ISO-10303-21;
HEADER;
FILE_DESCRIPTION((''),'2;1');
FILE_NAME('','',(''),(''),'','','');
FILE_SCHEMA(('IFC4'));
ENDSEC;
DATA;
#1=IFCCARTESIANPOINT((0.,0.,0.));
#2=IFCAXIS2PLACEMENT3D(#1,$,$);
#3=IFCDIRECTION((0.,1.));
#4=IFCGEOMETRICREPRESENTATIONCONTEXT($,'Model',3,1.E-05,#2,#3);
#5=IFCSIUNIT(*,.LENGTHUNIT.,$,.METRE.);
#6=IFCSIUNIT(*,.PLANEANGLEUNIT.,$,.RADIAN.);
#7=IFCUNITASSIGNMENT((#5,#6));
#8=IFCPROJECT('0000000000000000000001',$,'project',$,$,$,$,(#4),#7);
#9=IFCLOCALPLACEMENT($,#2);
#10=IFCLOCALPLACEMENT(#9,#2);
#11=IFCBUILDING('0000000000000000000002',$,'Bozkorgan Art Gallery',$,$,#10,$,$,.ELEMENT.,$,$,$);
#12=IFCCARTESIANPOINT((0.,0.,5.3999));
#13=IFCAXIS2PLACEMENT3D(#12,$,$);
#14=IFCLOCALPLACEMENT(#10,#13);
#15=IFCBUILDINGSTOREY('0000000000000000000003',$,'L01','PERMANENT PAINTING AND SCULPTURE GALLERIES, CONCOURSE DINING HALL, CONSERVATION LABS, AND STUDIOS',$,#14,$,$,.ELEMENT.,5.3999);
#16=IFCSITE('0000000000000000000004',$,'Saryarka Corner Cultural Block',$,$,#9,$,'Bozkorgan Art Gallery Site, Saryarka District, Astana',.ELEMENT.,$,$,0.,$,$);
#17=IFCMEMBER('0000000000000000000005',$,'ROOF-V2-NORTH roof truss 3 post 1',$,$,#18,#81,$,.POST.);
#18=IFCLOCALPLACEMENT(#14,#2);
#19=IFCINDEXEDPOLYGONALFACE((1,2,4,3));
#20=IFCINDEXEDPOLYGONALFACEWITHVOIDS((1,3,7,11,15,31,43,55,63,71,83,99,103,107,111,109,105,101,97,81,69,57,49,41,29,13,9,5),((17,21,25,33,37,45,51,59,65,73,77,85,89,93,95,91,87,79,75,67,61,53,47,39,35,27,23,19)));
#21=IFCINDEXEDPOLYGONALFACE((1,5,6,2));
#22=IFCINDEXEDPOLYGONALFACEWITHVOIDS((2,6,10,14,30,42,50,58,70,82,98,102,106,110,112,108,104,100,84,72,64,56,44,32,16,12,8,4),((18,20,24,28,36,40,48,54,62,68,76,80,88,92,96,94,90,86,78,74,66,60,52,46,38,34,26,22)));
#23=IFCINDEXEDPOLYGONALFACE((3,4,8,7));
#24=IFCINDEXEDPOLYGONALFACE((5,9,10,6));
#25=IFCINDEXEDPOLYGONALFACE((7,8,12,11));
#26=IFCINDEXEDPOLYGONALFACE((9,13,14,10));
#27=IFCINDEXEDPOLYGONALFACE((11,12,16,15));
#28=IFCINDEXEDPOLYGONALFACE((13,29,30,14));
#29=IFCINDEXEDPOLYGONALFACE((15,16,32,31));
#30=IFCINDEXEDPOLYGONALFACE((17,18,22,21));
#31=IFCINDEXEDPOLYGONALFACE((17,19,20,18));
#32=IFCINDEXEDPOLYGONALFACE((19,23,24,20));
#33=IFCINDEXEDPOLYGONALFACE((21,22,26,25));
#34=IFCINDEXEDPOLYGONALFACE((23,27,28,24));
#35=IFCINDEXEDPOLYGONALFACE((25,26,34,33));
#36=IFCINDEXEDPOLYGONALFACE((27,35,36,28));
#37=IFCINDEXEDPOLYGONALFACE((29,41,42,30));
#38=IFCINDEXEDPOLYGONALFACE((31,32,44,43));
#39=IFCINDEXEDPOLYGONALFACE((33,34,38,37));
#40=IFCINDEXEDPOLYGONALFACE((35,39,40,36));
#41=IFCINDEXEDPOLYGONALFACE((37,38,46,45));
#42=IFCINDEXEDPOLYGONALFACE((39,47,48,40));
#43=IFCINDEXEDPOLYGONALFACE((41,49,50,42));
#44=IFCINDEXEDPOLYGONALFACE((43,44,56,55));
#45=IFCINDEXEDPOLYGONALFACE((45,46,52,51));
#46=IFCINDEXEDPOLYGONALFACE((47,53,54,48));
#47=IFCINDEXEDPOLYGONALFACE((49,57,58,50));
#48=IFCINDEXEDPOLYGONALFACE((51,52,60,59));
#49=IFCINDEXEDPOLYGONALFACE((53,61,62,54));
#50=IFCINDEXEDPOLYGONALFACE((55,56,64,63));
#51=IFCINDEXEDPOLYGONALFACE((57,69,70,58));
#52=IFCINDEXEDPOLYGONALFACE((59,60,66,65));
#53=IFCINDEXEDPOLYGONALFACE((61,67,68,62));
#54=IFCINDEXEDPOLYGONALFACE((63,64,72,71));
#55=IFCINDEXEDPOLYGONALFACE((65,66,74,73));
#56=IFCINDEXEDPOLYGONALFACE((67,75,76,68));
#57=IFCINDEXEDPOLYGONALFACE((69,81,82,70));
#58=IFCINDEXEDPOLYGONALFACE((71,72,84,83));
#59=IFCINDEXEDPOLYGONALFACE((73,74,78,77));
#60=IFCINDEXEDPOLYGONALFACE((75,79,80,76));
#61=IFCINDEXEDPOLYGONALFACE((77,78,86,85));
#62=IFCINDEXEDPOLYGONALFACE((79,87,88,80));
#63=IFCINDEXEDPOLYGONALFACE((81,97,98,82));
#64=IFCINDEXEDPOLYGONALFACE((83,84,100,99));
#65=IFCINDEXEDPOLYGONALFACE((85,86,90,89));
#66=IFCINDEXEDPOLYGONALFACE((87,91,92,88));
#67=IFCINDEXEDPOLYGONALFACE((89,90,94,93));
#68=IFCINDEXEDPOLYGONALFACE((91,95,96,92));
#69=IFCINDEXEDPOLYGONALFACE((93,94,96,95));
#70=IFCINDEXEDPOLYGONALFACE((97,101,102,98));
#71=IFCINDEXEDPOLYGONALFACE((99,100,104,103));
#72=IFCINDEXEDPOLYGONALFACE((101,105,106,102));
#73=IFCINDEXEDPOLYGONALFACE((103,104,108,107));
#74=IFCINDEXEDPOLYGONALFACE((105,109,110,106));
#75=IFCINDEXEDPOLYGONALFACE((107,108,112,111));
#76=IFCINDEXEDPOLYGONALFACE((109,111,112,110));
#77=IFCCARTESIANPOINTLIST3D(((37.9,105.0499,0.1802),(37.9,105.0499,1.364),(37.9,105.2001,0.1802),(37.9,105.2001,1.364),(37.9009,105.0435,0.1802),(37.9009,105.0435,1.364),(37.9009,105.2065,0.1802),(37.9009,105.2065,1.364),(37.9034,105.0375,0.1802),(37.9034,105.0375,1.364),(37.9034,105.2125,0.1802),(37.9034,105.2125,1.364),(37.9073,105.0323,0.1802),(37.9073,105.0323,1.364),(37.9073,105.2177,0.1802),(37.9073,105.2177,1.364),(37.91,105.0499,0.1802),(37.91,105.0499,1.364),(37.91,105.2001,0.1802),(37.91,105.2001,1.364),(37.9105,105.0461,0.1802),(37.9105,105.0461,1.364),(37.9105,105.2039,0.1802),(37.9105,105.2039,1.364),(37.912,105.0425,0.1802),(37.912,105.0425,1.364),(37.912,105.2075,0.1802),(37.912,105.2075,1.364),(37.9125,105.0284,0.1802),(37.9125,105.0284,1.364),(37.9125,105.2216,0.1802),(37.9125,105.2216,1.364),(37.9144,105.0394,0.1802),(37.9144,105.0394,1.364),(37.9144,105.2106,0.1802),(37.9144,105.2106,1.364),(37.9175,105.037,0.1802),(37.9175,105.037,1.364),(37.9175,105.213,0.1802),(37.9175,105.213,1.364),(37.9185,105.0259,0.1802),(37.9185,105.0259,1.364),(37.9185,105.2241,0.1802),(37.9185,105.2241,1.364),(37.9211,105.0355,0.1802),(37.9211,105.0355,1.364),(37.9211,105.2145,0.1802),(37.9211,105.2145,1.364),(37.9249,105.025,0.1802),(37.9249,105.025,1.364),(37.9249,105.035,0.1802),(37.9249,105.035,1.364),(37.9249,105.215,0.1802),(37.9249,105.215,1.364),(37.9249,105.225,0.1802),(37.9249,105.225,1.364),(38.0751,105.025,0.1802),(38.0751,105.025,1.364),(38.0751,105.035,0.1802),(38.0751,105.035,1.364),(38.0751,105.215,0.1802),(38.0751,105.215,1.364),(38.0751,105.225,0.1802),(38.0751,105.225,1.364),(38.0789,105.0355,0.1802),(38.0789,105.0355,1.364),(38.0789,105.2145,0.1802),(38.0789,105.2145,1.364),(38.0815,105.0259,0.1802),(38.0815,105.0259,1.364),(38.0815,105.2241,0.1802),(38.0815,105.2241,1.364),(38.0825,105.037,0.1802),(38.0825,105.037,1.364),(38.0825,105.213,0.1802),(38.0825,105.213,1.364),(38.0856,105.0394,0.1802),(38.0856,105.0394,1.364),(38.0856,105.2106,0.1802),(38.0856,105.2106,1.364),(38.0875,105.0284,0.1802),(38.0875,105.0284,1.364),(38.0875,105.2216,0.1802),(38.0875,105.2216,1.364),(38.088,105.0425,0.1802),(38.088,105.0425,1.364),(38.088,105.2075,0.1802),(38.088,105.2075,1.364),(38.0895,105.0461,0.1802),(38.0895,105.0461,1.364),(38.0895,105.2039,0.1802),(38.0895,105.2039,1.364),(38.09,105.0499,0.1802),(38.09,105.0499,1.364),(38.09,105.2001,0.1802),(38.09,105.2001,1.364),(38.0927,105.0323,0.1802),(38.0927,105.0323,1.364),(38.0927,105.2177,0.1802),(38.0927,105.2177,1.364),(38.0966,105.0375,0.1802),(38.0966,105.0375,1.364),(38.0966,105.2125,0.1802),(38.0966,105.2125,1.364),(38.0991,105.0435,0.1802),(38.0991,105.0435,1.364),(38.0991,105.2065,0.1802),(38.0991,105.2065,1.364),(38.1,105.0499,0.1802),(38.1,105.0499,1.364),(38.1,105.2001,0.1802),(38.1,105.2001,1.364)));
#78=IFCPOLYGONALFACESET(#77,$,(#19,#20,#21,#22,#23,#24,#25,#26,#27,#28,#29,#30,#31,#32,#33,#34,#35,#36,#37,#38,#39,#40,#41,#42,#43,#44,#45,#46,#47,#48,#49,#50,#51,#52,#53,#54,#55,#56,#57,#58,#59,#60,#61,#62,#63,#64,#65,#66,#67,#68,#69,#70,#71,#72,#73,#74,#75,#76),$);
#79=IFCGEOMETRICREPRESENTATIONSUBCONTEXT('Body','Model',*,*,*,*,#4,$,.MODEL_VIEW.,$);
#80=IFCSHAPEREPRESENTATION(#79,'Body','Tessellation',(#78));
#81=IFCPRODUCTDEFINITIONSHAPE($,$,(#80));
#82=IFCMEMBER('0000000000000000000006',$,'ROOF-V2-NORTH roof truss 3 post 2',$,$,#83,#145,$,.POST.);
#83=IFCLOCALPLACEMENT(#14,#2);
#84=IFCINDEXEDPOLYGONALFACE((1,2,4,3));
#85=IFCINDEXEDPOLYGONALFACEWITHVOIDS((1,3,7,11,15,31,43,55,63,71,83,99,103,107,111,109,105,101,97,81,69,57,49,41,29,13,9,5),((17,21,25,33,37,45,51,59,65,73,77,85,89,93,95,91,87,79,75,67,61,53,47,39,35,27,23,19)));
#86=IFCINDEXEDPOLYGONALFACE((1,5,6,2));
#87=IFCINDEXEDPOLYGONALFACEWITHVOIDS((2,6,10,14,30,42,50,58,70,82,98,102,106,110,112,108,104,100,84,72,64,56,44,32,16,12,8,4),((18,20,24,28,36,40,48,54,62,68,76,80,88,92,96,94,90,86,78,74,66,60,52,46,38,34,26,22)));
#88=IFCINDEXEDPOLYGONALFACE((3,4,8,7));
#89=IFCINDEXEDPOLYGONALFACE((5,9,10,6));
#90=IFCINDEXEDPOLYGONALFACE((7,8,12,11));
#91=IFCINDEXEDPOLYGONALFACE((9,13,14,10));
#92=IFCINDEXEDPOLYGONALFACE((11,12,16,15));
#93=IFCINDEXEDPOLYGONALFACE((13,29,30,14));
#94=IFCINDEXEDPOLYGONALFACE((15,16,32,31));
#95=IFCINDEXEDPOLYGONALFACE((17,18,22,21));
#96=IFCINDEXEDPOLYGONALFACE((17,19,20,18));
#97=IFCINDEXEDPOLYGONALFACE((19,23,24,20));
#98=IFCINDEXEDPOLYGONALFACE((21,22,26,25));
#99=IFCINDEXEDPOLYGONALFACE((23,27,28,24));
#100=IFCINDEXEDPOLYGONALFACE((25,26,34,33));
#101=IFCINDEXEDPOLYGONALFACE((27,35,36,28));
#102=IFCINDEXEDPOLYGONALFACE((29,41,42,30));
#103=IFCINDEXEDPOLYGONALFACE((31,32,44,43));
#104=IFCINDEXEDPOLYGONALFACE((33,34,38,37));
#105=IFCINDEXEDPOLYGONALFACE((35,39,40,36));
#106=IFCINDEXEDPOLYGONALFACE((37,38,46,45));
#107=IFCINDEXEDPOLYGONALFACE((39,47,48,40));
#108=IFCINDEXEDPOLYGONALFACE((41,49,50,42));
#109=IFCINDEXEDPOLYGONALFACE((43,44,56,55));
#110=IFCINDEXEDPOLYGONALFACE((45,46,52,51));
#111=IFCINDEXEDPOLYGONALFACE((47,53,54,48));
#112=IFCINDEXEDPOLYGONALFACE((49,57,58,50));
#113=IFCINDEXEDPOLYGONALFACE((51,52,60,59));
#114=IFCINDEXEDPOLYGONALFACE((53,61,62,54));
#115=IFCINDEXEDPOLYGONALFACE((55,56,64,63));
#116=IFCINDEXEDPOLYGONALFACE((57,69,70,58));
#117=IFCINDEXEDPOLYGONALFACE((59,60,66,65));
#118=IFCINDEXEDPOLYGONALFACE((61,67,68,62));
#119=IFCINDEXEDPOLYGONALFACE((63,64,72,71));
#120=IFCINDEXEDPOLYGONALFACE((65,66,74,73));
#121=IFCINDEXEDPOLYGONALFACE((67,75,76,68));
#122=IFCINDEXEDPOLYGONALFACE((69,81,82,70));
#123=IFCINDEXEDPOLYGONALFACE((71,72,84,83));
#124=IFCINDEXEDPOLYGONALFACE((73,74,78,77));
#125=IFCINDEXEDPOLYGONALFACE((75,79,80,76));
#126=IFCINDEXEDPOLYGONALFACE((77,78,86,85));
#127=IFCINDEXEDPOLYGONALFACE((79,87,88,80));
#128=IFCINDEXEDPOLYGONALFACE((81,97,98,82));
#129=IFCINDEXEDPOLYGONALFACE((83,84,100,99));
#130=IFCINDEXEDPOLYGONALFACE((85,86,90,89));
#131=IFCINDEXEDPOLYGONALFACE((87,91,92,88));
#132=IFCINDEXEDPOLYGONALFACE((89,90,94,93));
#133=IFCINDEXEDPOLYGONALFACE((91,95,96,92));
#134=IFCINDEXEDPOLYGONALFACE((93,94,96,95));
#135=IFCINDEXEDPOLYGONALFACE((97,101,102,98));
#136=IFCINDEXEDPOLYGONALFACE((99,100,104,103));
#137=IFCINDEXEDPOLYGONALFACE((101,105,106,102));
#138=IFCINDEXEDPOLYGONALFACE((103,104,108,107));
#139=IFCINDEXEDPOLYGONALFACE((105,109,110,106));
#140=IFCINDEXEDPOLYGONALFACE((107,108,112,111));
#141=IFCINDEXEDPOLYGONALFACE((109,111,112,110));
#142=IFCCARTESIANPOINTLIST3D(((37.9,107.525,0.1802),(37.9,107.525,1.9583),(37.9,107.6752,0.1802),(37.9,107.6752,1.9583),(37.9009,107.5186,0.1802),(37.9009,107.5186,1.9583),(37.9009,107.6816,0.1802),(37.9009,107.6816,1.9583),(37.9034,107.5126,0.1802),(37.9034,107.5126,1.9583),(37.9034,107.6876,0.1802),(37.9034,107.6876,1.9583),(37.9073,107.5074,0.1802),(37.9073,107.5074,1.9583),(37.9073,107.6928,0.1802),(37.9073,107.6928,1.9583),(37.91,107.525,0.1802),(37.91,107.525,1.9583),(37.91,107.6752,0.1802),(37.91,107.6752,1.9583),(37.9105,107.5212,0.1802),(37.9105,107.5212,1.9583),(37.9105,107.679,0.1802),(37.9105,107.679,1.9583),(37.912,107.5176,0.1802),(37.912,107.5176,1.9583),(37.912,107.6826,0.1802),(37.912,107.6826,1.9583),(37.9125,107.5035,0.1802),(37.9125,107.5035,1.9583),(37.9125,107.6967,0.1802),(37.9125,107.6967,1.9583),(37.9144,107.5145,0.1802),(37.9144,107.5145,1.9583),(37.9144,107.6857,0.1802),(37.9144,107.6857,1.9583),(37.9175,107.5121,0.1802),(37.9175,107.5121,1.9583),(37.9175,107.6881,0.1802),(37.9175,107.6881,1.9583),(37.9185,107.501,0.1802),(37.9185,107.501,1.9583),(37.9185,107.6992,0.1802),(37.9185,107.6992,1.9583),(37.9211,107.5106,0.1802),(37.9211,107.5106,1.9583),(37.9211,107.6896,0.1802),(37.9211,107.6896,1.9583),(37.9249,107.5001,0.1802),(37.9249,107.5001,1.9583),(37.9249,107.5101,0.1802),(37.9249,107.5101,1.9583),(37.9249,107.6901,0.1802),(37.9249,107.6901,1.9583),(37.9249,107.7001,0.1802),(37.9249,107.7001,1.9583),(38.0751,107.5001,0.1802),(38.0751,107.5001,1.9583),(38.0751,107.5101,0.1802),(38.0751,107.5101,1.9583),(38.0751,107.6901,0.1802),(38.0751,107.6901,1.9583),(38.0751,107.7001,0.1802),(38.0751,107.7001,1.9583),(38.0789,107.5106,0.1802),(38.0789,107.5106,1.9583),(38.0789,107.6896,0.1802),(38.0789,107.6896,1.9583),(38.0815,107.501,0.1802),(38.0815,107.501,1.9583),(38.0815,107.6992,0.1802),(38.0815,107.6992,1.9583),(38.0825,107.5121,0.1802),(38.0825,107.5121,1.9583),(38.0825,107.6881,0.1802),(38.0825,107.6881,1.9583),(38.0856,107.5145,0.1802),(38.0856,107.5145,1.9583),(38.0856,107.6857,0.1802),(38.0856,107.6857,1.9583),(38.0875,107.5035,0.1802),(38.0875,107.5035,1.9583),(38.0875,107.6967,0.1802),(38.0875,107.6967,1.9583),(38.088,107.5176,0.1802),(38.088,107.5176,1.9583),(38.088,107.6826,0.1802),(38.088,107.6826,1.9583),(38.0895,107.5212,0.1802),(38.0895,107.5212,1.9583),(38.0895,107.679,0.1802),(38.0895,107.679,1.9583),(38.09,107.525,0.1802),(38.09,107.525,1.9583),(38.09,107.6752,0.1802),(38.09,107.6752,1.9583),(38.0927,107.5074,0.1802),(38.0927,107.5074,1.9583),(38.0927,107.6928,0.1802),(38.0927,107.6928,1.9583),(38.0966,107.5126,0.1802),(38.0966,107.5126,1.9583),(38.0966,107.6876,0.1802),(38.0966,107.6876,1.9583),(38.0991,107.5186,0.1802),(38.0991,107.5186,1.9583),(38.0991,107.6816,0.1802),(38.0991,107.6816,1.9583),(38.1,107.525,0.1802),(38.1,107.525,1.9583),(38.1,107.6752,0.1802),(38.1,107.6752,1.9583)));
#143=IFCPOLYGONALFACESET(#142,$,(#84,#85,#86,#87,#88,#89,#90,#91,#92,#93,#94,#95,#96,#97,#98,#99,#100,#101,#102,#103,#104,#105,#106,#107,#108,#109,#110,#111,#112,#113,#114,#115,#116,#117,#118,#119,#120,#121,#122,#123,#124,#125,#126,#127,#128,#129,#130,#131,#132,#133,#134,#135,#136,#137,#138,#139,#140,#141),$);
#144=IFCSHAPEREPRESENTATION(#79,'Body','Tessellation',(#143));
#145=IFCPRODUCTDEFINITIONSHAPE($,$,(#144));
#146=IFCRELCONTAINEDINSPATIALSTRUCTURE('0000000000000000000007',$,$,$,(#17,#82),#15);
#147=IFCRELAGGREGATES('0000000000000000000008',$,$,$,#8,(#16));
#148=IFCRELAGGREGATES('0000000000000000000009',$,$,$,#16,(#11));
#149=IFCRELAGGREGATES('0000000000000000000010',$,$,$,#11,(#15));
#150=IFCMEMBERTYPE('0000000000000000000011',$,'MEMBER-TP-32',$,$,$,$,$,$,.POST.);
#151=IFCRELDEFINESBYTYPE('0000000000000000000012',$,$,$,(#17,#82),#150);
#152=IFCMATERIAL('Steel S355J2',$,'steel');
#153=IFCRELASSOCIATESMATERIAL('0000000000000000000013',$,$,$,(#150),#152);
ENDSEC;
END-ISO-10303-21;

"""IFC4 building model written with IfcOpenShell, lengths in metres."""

from ifc_helpers import new_model, si_unit, direction, frame, origin, origin_2d, place, context, subcontext, project, spatial, hollow_rectangle, extrude, material, material_profile, profile_set, type_object, element, save


model = new_model("IFC4")

# Units and contexts
model_context = context("Model", 3, precision=1e-05, world=origin(), true_north=direction((0.0, 1.0)))
body_context = subcontext(model_context, "Body", "Model", "MODEL_VIEW")
ifc_project = project(units=[si_unit("LENGTHUNIT", "METRE"), si_unit("PLANEANGLEUNIT", "RADIAN")], contexts=[model_context])

# Site, building, storey
site_placement = place(None, origin())
site = spatial("IfcSite", under=ifc_project, at=site_placement, Name="Saryarka Corner Cultural Block", LongName="Bozkorgan Art Gallery Site, Saryarka District, Astana", CompositionType="ELEMENT", RefElevation=0.0)
building_placement = place(site_placement, origin())
building = spatial("IfcBuilding", under=site, at=building_placement, Name="Bozkorgan Art Gallery", CompositionType="ELEMENT")
storey_placement = place(building_placement, frame((0.0, 0.0, 5.3999)))
storey = spatial("IfcBuildingStorey", under=building, at=storey_placement, Name="L01", Description="PERMANENT PAINTING AND SCULPTURE GALLERIES, CONCOURSE DINING HALL, CONSERVATION LABS, AND STUDIOS", CompositionType="ELEMENT", Elevation=5.3999)

# Members
ifc_material_1 = material(Name="Steel S355J2", Category="steel")
ifc_material_profile_1 = material_profile(ifc_material_1, hollow_rectangle(XDim=0.2, YDim=0.2, WallThickness=0.01, InnerFilletRadius=0.0149, OuterFilletRadius=0.0249, at=origin_2d()), Name="SHS 200x200x10")
ifc_profile_set_1 = profile_set([ifc_material_profile_1], Name="Steel S355J2")
member_type_1 = type_object("IfcMemberType", Name="MEMBER-TP-32", PredefinedType="POST", material=ifc_profile_set_1)
member_1_placement = place(storey_placement, frame((38.0, 105.125, 0.1802), z_axis=(0.0, 0.0, 1.0), x_axis=(1.0, 0.0, 0.0)))
element("IfcMember", 1, at=member_1_placement, inside=storey, type_object=member_type_1, Name="ROOF-V2-NORTH roof truss 3 post 1", PredefinedType="POST", context=body_context, shape_type="SweptSolid", body=[
    extrude(hollow_rectangle(XDim=0.2, YDim=0.2, WallThickness=0.01, InnerFilletRadius=0.0149, OuterFilletRadius=0.0249, at=origin_2d()), origin(), (0.0, 0.0, 1.0), 1.1838),
])
member_2_placement = place(storey_placement, frame((38.0, 107.6001, 0.1802), z_axis=(0.0, 0.0, 1.0), x_axis=(1.0, 0.0, 0.0)))
element("IfcMember", 2, at=member_2_placement, inside=storey, type_object=member_type_1, Name="ROOF-V2-NORTH roof truss 3 post 2", PredefinedType="POST", context=body_context, shape_type="SweptSolid", body=[
    extrude(hollow_rectangle(XDim=0.2, YDim=0.2, WallThickness=0.01, InnerFilletRadius=0.0149, OuterFilletRadius=0.0249, at=origin_2d()), origin(), (0.0, 0.0, 1.0), 1.7781),
])

save(model, "model.ifc")
